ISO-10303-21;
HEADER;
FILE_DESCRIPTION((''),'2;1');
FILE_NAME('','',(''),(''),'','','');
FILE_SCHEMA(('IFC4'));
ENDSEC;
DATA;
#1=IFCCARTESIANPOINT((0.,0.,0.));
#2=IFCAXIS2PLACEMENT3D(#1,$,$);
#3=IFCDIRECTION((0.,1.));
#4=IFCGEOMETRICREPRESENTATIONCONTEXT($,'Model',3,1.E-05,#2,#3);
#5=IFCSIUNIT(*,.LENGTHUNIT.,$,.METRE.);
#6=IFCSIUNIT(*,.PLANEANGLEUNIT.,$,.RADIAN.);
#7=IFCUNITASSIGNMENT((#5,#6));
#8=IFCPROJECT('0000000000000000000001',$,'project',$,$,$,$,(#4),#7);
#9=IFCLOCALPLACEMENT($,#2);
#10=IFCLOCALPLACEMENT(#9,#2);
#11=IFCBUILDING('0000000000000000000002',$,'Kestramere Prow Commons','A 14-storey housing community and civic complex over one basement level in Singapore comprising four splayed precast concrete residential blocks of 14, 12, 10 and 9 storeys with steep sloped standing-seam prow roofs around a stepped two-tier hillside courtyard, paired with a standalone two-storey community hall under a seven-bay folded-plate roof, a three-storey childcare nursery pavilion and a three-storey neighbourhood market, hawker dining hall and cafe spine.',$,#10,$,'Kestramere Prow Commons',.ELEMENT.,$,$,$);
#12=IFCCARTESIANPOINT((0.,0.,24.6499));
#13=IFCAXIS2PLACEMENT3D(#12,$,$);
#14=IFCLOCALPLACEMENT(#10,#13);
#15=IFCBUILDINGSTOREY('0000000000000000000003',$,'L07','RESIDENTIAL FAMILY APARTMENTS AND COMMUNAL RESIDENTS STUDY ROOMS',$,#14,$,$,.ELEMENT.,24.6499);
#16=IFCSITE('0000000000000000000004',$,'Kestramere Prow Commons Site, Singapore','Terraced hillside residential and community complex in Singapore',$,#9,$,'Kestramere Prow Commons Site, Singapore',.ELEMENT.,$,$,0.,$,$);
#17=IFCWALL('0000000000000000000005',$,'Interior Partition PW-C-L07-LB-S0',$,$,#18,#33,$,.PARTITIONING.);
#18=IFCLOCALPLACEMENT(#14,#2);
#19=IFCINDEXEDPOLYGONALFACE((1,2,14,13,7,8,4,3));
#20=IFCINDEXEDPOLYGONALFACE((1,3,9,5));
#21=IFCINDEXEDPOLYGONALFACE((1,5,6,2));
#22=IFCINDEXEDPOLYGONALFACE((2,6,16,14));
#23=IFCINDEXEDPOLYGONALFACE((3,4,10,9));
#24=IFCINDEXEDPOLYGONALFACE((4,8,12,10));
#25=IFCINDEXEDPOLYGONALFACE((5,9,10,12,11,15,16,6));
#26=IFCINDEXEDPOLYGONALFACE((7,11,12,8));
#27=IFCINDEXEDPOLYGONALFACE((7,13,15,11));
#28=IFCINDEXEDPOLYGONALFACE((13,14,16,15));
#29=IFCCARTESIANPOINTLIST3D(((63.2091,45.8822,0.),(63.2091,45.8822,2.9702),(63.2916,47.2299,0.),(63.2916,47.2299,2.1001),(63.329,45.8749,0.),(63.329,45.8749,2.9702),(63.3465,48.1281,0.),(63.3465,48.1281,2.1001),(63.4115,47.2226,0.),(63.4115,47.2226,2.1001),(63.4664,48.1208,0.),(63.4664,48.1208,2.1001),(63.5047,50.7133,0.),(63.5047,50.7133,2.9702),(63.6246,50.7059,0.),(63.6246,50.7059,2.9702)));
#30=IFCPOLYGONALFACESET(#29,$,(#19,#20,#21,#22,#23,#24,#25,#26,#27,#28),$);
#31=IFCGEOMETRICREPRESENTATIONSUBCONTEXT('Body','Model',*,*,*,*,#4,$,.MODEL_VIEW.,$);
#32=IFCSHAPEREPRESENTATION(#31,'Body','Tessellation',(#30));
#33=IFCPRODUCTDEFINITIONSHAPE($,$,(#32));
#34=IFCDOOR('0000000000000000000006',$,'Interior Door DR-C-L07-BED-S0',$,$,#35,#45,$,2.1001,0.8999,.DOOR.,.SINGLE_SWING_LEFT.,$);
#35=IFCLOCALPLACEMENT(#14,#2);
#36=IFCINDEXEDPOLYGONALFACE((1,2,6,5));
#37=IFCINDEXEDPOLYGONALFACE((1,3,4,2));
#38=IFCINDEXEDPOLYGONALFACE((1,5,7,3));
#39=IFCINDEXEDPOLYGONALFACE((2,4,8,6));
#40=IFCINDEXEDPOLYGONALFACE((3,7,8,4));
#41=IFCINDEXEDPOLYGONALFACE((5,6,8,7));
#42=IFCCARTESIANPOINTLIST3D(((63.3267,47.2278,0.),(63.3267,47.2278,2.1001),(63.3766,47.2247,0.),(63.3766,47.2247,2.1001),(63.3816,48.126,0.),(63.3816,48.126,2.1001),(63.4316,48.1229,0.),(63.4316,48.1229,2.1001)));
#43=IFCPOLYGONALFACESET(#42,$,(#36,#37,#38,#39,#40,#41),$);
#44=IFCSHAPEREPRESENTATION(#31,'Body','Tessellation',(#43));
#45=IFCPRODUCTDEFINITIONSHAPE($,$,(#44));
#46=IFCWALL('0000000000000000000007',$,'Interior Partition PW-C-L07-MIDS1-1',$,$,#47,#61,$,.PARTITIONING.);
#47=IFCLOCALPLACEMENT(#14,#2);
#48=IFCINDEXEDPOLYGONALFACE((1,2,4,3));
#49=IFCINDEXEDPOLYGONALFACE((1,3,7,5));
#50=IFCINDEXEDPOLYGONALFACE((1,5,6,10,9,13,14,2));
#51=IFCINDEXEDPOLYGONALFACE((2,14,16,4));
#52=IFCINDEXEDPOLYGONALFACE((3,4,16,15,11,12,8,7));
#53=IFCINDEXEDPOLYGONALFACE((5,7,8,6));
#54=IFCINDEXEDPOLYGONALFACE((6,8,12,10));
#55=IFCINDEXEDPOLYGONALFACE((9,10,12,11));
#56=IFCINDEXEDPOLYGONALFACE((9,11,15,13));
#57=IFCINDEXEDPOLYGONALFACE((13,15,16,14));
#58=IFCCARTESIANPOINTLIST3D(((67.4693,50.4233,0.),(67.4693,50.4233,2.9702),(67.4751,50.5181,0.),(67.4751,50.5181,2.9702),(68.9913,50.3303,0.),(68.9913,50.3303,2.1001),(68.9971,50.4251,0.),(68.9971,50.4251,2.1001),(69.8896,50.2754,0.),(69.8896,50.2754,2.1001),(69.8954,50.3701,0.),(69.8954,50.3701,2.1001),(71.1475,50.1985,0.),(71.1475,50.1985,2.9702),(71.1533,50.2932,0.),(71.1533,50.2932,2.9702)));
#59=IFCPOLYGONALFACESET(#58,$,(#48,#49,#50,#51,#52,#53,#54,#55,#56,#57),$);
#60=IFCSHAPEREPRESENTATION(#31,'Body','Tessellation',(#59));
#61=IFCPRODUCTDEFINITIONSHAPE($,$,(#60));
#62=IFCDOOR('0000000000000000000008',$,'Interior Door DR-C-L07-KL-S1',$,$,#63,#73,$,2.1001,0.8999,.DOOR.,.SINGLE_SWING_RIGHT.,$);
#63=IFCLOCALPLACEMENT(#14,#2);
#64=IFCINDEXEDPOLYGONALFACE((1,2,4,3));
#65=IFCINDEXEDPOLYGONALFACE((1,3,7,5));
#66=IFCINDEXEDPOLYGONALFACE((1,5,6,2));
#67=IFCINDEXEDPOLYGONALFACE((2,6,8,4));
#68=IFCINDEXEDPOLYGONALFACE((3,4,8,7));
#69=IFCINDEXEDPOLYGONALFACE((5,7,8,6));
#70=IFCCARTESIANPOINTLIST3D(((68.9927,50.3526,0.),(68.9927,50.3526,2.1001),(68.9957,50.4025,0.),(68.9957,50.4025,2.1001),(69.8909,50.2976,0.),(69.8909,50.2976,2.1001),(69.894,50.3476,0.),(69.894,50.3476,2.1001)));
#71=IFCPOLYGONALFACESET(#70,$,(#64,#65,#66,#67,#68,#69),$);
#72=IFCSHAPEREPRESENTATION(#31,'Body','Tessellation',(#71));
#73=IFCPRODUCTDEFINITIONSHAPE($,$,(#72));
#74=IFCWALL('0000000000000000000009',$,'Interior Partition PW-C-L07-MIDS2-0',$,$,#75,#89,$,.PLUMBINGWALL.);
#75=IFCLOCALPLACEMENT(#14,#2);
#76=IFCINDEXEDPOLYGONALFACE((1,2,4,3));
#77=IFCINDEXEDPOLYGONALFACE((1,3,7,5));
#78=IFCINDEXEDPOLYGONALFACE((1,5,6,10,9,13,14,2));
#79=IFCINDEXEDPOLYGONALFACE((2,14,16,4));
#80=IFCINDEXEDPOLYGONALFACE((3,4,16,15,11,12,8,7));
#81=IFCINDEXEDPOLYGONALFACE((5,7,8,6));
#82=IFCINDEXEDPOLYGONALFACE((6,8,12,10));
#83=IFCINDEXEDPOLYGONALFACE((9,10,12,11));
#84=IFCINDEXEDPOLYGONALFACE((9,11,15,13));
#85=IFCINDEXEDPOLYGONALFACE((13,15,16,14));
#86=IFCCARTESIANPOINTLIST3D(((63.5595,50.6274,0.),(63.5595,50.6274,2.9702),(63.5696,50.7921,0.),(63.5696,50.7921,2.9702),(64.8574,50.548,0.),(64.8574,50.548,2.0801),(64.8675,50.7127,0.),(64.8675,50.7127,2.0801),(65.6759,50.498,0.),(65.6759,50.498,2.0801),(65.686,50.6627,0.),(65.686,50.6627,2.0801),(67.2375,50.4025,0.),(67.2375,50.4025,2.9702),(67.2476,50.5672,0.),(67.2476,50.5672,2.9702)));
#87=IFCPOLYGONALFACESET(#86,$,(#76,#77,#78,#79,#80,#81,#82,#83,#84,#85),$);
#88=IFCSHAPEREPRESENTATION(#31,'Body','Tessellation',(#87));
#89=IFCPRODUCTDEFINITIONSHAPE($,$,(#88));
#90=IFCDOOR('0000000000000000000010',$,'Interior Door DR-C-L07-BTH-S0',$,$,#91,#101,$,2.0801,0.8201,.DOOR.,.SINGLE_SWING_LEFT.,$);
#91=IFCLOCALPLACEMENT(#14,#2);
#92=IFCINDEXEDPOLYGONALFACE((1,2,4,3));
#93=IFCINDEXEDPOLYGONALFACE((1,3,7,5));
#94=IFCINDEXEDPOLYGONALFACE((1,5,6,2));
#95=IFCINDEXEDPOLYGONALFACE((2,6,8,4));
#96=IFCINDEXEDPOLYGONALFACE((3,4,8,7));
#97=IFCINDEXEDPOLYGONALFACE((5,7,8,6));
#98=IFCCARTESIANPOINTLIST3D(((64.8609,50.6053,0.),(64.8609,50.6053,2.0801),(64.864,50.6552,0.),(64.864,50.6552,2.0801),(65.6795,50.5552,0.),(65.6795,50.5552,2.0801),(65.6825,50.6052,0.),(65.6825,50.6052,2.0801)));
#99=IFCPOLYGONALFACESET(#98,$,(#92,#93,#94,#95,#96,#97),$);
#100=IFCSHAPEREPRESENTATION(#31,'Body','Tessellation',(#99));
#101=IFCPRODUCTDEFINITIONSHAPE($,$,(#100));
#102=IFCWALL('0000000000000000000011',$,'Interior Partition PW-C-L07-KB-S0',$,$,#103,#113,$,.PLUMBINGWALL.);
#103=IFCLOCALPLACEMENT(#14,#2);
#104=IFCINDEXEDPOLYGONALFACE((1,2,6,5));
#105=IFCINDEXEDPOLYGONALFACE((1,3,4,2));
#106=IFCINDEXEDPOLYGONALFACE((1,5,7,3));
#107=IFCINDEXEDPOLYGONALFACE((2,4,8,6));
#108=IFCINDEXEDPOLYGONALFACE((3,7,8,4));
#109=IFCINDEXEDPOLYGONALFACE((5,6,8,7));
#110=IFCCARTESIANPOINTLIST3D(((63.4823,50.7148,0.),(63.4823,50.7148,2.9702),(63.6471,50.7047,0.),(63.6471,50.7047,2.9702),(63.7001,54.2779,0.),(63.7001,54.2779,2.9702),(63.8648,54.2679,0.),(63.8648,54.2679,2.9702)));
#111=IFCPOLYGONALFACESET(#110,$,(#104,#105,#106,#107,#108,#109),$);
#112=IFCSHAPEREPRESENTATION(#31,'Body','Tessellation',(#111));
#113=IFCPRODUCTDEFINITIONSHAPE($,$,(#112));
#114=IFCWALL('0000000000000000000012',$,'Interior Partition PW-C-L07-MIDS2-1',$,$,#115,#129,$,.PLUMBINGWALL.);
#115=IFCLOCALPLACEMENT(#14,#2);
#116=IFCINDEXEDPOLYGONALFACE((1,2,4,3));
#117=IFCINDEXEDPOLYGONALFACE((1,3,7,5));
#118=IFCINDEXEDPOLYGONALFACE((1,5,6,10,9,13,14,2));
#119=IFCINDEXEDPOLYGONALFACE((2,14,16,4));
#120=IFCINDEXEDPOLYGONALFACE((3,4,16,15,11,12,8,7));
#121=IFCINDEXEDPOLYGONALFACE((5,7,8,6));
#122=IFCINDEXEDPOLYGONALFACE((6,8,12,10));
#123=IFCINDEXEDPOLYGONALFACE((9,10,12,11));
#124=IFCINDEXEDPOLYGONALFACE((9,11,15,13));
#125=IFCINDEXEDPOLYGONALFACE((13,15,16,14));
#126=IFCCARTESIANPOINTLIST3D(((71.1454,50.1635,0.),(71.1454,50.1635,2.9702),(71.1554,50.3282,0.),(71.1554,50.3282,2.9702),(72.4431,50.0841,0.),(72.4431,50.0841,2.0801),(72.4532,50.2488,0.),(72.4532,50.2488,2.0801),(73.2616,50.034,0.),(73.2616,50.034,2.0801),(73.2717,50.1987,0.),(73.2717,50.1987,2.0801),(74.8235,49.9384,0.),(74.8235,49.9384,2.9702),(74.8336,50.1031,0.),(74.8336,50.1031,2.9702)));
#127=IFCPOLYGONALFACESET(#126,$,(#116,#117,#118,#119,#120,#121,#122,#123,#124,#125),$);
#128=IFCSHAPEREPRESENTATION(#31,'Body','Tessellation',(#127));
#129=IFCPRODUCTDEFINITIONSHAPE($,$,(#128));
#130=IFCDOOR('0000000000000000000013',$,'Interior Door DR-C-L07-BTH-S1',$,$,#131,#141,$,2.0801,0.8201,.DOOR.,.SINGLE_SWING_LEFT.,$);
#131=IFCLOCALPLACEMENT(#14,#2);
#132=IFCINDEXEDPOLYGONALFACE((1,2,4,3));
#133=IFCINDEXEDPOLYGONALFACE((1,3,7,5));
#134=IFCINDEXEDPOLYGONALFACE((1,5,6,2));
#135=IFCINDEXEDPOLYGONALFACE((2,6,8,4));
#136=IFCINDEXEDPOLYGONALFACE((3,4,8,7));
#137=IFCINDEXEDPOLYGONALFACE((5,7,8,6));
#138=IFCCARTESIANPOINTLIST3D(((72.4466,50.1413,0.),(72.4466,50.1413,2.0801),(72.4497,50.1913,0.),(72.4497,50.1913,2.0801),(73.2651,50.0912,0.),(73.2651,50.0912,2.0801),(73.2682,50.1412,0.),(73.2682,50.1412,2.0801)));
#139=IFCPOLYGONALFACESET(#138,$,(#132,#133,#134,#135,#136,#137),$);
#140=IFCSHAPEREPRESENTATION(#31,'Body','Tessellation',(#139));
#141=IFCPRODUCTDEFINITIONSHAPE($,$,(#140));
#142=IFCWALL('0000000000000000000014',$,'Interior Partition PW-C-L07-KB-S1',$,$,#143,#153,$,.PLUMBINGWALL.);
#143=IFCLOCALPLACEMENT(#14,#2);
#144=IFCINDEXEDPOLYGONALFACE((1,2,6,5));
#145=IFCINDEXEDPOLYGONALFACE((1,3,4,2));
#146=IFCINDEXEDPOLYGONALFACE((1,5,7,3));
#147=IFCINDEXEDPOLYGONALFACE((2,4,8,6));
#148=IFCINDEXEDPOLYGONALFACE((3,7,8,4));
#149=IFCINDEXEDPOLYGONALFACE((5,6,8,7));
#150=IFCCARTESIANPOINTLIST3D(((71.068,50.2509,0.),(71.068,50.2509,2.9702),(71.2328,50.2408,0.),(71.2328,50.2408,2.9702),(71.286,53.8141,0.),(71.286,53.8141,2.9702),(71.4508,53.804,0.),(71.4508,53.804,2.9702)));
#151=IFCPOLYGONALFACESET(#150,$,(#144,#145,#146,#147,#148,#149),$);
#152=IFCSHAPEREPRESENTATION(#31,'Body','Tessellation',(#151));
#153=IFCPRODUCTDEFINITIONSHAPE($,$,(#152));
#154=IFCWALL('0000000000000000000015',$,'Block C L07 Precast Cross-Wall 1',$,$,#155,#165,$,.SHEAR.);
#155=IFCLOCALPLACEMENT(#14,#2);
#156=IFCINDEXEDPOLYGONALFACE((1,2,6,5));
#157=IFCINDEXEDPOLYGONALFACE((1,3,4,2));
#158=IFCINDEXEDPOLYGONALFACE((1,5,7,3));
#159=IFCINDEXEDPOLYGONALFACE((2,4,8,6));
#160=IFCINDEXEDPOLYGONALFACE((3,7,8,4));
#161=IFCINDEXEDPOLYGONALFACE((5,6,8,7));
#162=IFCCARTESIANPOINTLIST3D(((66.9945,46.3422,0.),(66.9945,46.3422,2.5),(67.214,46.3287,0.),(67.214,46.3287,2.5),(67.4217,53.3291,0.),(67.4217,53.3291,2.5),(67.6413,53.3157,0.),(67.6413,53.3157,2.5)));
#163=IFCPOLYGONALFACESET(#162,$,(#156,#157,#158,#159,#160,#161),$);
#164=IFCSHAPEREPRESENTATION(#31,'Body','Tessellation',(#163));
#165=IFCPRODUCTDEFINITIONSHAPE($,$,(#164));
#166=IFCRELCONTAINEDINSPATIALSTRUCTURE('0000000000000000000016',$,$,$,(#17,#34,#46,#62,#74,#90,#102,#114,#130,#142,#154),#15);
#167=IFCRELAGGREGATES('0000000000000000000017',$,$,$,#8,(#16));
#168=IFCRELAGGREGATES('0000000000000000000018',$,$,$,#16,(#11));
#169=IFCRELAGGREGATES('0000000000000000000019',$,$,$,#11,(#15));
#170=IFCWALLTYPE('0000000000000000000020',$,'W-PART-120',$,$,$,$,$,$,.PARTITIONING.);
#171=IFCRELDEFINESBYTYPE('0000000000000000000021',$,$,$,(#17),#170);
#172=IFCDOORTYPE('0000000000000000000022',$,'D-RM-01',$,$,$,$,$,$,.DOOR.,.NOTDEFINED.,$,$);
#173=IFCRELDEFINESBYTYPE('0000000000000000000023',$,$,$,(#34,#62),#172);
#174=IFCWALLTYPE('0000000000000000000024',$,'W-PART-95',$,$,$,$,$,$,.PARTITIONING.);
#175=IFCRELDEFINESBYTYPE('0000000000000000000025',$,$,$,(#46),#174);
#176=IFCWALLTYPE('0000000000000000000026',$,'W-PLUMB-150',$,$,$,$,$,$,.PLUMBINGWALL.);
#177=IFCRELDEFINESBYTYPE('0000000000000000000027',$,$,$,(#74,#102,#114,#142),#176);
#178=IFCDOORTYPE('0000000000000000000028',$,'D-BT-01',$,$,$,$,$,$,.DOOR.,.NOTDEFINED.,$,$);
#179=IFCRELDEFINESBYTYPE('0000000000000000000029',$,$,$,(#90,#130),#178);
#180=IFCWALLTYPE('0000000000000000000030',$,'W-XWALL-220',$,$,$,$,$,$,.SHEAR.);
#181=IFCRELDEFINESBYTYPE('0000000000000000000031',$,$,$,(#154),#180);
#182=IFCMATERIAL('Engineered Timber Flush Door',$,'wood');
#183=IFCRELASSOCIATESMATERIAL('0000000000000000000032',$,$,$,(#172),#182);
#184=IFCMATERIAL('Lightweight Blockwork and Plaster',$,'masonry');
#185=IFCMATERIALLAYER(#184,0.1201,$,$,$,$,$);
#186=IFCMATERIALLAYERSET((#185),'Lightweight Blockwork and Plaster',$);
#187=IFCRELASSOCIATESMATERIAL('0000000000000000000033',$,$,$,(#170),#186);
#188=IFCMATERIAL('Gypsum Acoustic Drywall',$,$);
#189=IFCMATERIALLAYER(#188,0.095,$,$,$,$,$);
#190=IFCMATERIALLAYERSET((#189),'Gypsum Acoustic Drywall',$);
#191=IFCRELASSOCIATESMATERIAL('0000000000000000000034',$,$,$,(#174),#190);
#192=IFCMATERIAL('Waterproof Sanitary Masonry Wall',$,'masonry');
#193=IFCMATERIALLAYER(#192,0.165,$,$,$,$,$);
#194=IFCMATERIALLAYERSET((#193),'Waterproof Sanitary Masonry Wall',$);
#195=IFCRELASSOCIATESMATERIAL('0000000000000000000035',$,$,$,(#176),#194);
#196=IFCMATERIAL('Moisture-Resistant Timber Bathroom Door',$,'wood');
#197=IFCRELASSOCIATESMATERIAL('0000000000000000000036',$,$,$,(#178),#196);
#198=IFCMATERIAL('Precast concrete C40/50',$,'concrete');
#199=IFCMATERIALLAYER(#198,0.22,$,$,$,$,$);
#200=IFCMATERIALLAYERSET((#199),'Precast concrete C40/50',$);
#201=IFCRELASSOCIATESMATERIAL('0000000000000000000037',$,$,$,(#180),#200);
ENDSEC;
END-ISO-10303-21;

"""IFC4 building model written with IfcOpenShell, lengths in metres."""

from ifc_helpers import new_model, si_unit, direction, frame, frame_2d, origin, place, context, subcontext, project, spatial, rectangle, extrude, material, layer, layer_set, type_object, element, fill, save


model = new_model("IFC4")

# Units and contexts
model_context = context("Model", 3, precision=1e-05, world=origin(), true_north=direction((0.0, 1.0)))
body_context = subcontext(model_context, "Body", "Model", "MODEL_VIEW")
ifc_project = project(units=[si_unit("LENGTHUNIT", "METRE"), si_unit("PLANEANGLEUNIT", "RADIAN")], contexts=[model_context])

# Site, building, storey
site_placement = place(None, origin())
site = spatial("IfcSite", under=ifc_project, at=site_placement, Name="Kestramere Prow Commons Site, Singapore", Description="Terraced hillside residential and community complex in Singapore", LongName="Kestramere Prow Commons Site, Singapore", CompositionType="ELEMENT", RefElevation=0.0)
building_placement = place(site_placement, origin())
building = spatial("IfcBuilding", under=site, at=building_placement, Name="Kestramere Prow Commons", Description="A 14-storey housing community and civic complex over one basement level in Singapore comprising four splayed precast concrete residential blocks of 14, 12, 10 and 9 storeys with steep sloped standing-seam prow roofs around a stepped two-tier hillside courtyard, paired with a standalone two-storey community hall under a seven-bay folded-plate roof, a three-storey childcare nursery pavilion and a three-storey neighbourhood market, hawker dining hall and cafe spine.", LongName="Kestramere Prow Commons", CompositionType="ELEMENT")
storey_placement = place(building_placement, frame((0.0, 0.0, 24.6499)))
storey = spatial("IfcBuildingStorey", under=building, at=storey_placement, Name="L07", Description="RESIDENTIAL FAMILY APARTMENTS AND COMMUNAL RESIDENTS STUDY ROOMS", CompositionType="ELEMENT", Elevation=24.6499)

# Shared definitions
ifc_material_1 = material(Name="Precast concrete C40/50", Category="concrete")

# Walls, openings, doors
ifc_material_2 = material(Name="Gypsum Acoustic Drywall")
ifc_material_3 = material(Name="Engineered Timber Flush Door", Category="wood")
door_type_1 = type_object("IfcDoorType", Name="D-RM-01", OperationType="NOTDEFINED", PredefinedType="DOOR", material=ifc_material_3)
ifc_material_4 = material(Name="Lightweight Blockwork and Plaster", Category="masonry")
ifc_layer_1 = layer(ifc_material_4, 0.1201)
ifc_layer_set_1 = layer_set([ifc_layer_1], Name="Lightweight Blockwork and Plaster")
wall_type_1 = type_object("IfcWallType", Name="W-PART-120", PredefinedType="PARTITIONING", material=ifc_layer_set_1)
wall_1_placement = place(storey_placement, frame((63.269, 45.8787, 0.0), z_axis=(0.0, 0.0, 1.0), x_axis=(0.061084, 0.998133, 0.0)))
wall_1 = element("IfcWall", 1, at=wall_1_placement, inside=storey, type_object=wall_type_1, Name="Interior Partition PW-C-L07-LB-S0", PredefinedType="PARTITIONING", context=body_context, shape_type="SweptSolid", body=[
    extrude(rectangle(XDim=4.8401, YDim=0.1201, at=frame_2d((2.4199, 0.0))), origin(), (0.0, 0.0, 1.0), 2.9702),
])
opening_1_placement = place(wall_1_placement, frame((1.3501, 0.0, 0.0)))
opening_1 = element("IfcOpeningElement", 2, at=opening_1_placement, cuts=wall_1, PredefinedType="OPENING", context=body_context, shape_type="SweptSolid", body=[
    extrude(rectangle(XDim=0.8999, YDim=2.1001, at=frame_2d((0.45, 1.05))), frame((0.0, 0.075, 0.0), z_axis=(0.0, -1.0, 0.0), x_axis=(1.0, 0.0, 0.0)), (0.0, 0.0, 1.0), 0.1501),
])
door_1_placement = place(opening_1_placement, origin())
door_1 = element("IfcDoor", 3, at=door_1_placement, inside=storey, type_object=door_type_1, Name="Interior Door DR-C-L07-BED-S0", OperationType="SINGLE_SWING_LEFT", OverallHeight=2.1001, OverallWidth=0.8999, PredefinedType="DOOR", context=body_context, shape_type="SweptSolid", body=[
    extrude(rectangle(XDim=0.8999, YDim=2.1001, at=frame_2d((0.45, 1.05))), frame((0.0, 0.0249, 0.0), z_axis=(0.0, -1.0, 0.0), x_axis=(1.0, 0.0, 0.0)), (0.0, 0.0, 1.0), 0.05),
])
fill(opening_1, door_1)
ifc_layer_2 = layer(ifc_material_2, 0.095)
ifc_layer_set_2 = layer_set([ifc_layer_2], Name="Gypsum Acoustic Drywall")
wall_type_2 = type_object("IfcWallType", Name="W-PART-95", PredefinedType="PARTITIONING", material=ifc_layer_set_2)
wall_2_placement = place(storey_placement, frame((67.4722, 50.4707, 0.0), z_axis=(0.0, 0.0, 1.0), x_axis=(0.998137, -0.061017, 0.0)))
wall_2 = element("IfcWall", 4, at=wall_2_placement, inside=storey, type_object=wall_type_2, Name="Interior Partition PW-C-L07-MIDS1-1", PredefinedType="PARTITIONING", context=body_context, shape_type="SweptSolid", body=[
    extrude(rectangle(XDim=3.6851, YDim=0.095, at=frame_2d((1.8425, 0.0))), origin(), (0.0, 0.0, 1.0), 2.9702),
])
opening_2_placement = place(wall_2_placement, frame((1.5249, 0.0, 0.0)))
opening_2 = element("IfcOpeningElement", 5, at=opening_2_placement, cuts=wall_2, PredefinedType="OPENING", context=body_context, shape_type="SweptSolid", body=[
    extrude(rectangle(XDim=0.8999, YDim=2.1001, at=frame_2d((0.45, 1.05))), frame((0.0, 0.0625, 0.0), z_axis=(0.0, -1.0, 0.0), x_axis=(1.0, 0.0, 0.0)), (0.0, 0.0, 1.0), 0.125),
])
door_2_placement = place(opening_2_placement, origin())
door_2 = element("IfcDoor", 6, at=door_2_placement, inside=storey, type_object=door_type_1, Name="Interior Door DR-C-L07-KL-S1", OperationType="SINGLE_SWING_RIGHT", OverallHeight=2.1001, OverallWidth=0.8999, PredefinedType="DOOR", context=body_context, shape_type="SweptSolid", body=[
    extrude(rectangle(XDim=0.8999, YDim=2.1001, at=frame_2d((0.45, 1.05))), frame((0.0, 0.0249, 0.0), z_axis=(0.0, -1.0, 0.0), x_axis=(1.0, 0.0, 0.0)), (0.0, 0.0, 1.0), 0.05),
])
fill(opening_2, door_2)
ifc_material_5 = material(Name="Waterproof Sanitary Masonry Wall", Category="masonry")
ifc_layer_3 = layer(ifc_material_5, 0.165)
ifc_layer_set_3 = layer_set([ifc_layer_3], Name="Waterproof Sanitary Masonry Wall")
wall_type_3 = type_object("IfcWallType", Name="W-PLUMB-150", PredefinedType="PLUMBINGWALL", material=ifc_layer_set_3)
wall_3_placement = place(storey_placement, frame((63.5647, 50.7097, 0.0), z_axis=(0.0, 0.0, 1.0), x_axis=(0.998136, -0.061021, 0.0)))
wall_3 = element("IfcWall", 7, at=wall_3_placement, inside=storey, type_object=wall_type_3, Name="Interior Partition PW-C-L07-MIDS2-0", PredefinedType="PLUMBINGWALL", context=body_context, shape_type="SweptSolid", body=[
    extrude(rectangle(XDim=3.6848, YDim=0.165, at=frame_2d((1.8423, 0.0))), origin(), (0.0, 0.0, 1.0), 2.9702),
])
opening_3_placement = place(wall_3_placement, frame((1.3, 0.0, 0.0)))
opening_3 = element("IfcOpeningElement", 8, at=opening_3_placement, cuts=wall_3, PredefinedType="OPENING", context=body_context, shape_type="SweptSolid", body=[
    extrude(rectangle(XDim=0.8201, YDim=2.0801, at=frame_2d((0.4102, 1.04))), frame((0.0, 0.0974, 0.0), z_axis=(0.0, -1.0, 0.0), x_axis=(1.0, 0.0, 0.0)), (0.0, 0.0, 1.0), 0.1951),
])
ifc_material_6 = material(Name="Moisture-Resistant Timber Bathroom Door", Category="wood")
door_type_2 = type_object("IfcDoorType", Name="D-BT-01", OperationType="NOTDEFINED", PredefinedType="DOOR", material=ifc_material_6)
door_3_placement = place(opening_3_placement, origin())
door_3 = element("IfcDoor", 9, at=door_3_placement, inside=storey, type_object=door_type_2, Name="Interior Door DR-C-L07-BTH-S0", OperationType="SINGLE_SWING_LEFT", OverallHeight=2.0801, OverallWidth=0.8201, PredefinedType="DOOR", context=body_context, shape_type="SweptSolid", body=[
    extrude(rectangle(XDim=0.8201, YDim=2.0801, at=frame_2d((0.4102, 1.04))), frame((0.0, 0.0249, 0.0), z_axis=(0.0, -1.0, 0.0), x_axis=(1.0, 0.0, 0.0)), (0.0, 0.0, 1.0), 0.05),
])
fill(opening_3, door_3)

# Wall
wall_4_placement = place(storey_placement, frame((63.5647, 50.7097, 0.0), z_axis=(0.0, 0.0, 1.0), x_axis=(0.061003, 0.998138, 0.0)))
element("IfcWall", 10, at=wall_4_placement, inside=storey, type_object=wall_type_3, Name="Interior Partition PW-C-L07-KB-S0", PredefinedType="PLUMBINGWALL", context=body_context, shape_type="SweptSolid", body=[
    extrude(rectangle(XDim=3.5698, YDim=0.165, at=frame_2d((1.7849, 0.0))), origin(), (0.0, 0.0, 1.0), 2.9702),
])

# Wall, opening, door
wall_5_placement = place(storey_placement, frame((71.1504, 50.2458, 0.0), z_axis=(0.0, 0.0, 1.0), x_axis=(0.998133, -0.061083, 0.0)))
wall_5 = element("IfcWall", 11, at=wall_5_placement, inside=storey, type_object=wall_type_3, Name="Interior Partition PW-C-L07-MIDS2-1", PredefinedType="PLUMBINGWALL", context=body_context, shape_type="SweptSolid", body=[
    extrude(rectangle(XDim=3.6851, YDim=0.165, at=frame_2d((1.8425, 0.0))), origin(), (0.0, 0.0, 1.0), 2.9702),
])
opening_4_placement = place(wall_5_placement, frame((1.3, 0.0, 0.0)))
opening_4 = element("IfcOpeningElement", 12, at=opening_4_placement, cuts=wall_5, PredefinedType="OPENING", context=body_context, shape_type="SweptSolid", body=[
    extrude(rectangle(XDim=0.8201, YDim=2.0801, at=frame_2d((0.4102, 1.04))), frame((0.0, 0.0974, 0.0), z_axis=(0.0, -1.0, 0.0), x_axis=(1.0, 0.0, 0.0)), (0.0, 0.0, 1.0), 0.1951),
])
door_4_placement = place(opening_4_placement, origin())
door_4 = element("IfcDoor", 13, at=door_4_placement, inside=storey, type_object=door_type_2, Name="Interior Door DR-C-L07-BTH-S1", OperationType="SINGLE_SWING_LEFT", OverallHeight=2.0801, OverallWidth=0.8201, PredefinedType="DOOR", context=body_context, shape_type="SweptSolid", body=[
    extrude(rectangle(XDim=0.8201, YDim=2.0801, at=frame_2d((0.4102, 1.04))), frame((0.0, 0.0249, 0.0), z_axis=(0.0, -1.0, 0.0), x_axis=(1.0, 0.0, 0.0)), (0.0, 0.0, 1.0), 0.05),
])
fill(opening_4, door_4)

# Walls
wall_6_placement = place(storey_placement, frame((71.1504, 50.2458, 0.0), z_axis=(0.0, 0.0, 1.0), x_axis=(0.061071, 0.998133, 0.0)))
element("IfcWall", 14, at=wall_6_placement, inside=storey, type_object=wall_type_3, Name="Interior Partition PW-C-L07-KB-S1", PredefinedType="PLUMBINGWALL", context=body_context, shape_type="SweptSolid", body=[
    extrude(rectangle(XDim=3.5698, YDim=0.165, at=frame_2d((1.7849, 0.0))), origin(), (0.0, 0.0, 1.0), 2.9702),
])
ifc_layer_4 = layer(ifc_material_1, 0.22)
ifc_layer_set_4 = layer_set([ifc_layer_4], Name="Precast concrete C40/50")
wall_type_4 = type_object("IfcWallType", Name="W-XWALL-220", PredefinedType="SHEAR", material=ifc_layer_set_4)
wall_7_placement = place(storey_placement, frame((67.1042, 46.3354, 0.0), z_axis=(0.0, 0.0, 1.0), x_axis=(0.061034, 0.998136, 0.0)))
element("IfcWall", 15, at=wall_7_placement, inside=storey, type_object=wall_type_4, Name="Block C L07 Precast Cross-Wall 1", PredefinedType="SHEAR", context=body_context, shape_type="SweptSolid", body=[
    extrude(rectangle(XDim=7.0, YDim=0.22, at=frame_2d((3.5, 0.0))), origin(), (0.0, 0.0, 1.0), 2.5),
])

save(model, "model.ifc")
